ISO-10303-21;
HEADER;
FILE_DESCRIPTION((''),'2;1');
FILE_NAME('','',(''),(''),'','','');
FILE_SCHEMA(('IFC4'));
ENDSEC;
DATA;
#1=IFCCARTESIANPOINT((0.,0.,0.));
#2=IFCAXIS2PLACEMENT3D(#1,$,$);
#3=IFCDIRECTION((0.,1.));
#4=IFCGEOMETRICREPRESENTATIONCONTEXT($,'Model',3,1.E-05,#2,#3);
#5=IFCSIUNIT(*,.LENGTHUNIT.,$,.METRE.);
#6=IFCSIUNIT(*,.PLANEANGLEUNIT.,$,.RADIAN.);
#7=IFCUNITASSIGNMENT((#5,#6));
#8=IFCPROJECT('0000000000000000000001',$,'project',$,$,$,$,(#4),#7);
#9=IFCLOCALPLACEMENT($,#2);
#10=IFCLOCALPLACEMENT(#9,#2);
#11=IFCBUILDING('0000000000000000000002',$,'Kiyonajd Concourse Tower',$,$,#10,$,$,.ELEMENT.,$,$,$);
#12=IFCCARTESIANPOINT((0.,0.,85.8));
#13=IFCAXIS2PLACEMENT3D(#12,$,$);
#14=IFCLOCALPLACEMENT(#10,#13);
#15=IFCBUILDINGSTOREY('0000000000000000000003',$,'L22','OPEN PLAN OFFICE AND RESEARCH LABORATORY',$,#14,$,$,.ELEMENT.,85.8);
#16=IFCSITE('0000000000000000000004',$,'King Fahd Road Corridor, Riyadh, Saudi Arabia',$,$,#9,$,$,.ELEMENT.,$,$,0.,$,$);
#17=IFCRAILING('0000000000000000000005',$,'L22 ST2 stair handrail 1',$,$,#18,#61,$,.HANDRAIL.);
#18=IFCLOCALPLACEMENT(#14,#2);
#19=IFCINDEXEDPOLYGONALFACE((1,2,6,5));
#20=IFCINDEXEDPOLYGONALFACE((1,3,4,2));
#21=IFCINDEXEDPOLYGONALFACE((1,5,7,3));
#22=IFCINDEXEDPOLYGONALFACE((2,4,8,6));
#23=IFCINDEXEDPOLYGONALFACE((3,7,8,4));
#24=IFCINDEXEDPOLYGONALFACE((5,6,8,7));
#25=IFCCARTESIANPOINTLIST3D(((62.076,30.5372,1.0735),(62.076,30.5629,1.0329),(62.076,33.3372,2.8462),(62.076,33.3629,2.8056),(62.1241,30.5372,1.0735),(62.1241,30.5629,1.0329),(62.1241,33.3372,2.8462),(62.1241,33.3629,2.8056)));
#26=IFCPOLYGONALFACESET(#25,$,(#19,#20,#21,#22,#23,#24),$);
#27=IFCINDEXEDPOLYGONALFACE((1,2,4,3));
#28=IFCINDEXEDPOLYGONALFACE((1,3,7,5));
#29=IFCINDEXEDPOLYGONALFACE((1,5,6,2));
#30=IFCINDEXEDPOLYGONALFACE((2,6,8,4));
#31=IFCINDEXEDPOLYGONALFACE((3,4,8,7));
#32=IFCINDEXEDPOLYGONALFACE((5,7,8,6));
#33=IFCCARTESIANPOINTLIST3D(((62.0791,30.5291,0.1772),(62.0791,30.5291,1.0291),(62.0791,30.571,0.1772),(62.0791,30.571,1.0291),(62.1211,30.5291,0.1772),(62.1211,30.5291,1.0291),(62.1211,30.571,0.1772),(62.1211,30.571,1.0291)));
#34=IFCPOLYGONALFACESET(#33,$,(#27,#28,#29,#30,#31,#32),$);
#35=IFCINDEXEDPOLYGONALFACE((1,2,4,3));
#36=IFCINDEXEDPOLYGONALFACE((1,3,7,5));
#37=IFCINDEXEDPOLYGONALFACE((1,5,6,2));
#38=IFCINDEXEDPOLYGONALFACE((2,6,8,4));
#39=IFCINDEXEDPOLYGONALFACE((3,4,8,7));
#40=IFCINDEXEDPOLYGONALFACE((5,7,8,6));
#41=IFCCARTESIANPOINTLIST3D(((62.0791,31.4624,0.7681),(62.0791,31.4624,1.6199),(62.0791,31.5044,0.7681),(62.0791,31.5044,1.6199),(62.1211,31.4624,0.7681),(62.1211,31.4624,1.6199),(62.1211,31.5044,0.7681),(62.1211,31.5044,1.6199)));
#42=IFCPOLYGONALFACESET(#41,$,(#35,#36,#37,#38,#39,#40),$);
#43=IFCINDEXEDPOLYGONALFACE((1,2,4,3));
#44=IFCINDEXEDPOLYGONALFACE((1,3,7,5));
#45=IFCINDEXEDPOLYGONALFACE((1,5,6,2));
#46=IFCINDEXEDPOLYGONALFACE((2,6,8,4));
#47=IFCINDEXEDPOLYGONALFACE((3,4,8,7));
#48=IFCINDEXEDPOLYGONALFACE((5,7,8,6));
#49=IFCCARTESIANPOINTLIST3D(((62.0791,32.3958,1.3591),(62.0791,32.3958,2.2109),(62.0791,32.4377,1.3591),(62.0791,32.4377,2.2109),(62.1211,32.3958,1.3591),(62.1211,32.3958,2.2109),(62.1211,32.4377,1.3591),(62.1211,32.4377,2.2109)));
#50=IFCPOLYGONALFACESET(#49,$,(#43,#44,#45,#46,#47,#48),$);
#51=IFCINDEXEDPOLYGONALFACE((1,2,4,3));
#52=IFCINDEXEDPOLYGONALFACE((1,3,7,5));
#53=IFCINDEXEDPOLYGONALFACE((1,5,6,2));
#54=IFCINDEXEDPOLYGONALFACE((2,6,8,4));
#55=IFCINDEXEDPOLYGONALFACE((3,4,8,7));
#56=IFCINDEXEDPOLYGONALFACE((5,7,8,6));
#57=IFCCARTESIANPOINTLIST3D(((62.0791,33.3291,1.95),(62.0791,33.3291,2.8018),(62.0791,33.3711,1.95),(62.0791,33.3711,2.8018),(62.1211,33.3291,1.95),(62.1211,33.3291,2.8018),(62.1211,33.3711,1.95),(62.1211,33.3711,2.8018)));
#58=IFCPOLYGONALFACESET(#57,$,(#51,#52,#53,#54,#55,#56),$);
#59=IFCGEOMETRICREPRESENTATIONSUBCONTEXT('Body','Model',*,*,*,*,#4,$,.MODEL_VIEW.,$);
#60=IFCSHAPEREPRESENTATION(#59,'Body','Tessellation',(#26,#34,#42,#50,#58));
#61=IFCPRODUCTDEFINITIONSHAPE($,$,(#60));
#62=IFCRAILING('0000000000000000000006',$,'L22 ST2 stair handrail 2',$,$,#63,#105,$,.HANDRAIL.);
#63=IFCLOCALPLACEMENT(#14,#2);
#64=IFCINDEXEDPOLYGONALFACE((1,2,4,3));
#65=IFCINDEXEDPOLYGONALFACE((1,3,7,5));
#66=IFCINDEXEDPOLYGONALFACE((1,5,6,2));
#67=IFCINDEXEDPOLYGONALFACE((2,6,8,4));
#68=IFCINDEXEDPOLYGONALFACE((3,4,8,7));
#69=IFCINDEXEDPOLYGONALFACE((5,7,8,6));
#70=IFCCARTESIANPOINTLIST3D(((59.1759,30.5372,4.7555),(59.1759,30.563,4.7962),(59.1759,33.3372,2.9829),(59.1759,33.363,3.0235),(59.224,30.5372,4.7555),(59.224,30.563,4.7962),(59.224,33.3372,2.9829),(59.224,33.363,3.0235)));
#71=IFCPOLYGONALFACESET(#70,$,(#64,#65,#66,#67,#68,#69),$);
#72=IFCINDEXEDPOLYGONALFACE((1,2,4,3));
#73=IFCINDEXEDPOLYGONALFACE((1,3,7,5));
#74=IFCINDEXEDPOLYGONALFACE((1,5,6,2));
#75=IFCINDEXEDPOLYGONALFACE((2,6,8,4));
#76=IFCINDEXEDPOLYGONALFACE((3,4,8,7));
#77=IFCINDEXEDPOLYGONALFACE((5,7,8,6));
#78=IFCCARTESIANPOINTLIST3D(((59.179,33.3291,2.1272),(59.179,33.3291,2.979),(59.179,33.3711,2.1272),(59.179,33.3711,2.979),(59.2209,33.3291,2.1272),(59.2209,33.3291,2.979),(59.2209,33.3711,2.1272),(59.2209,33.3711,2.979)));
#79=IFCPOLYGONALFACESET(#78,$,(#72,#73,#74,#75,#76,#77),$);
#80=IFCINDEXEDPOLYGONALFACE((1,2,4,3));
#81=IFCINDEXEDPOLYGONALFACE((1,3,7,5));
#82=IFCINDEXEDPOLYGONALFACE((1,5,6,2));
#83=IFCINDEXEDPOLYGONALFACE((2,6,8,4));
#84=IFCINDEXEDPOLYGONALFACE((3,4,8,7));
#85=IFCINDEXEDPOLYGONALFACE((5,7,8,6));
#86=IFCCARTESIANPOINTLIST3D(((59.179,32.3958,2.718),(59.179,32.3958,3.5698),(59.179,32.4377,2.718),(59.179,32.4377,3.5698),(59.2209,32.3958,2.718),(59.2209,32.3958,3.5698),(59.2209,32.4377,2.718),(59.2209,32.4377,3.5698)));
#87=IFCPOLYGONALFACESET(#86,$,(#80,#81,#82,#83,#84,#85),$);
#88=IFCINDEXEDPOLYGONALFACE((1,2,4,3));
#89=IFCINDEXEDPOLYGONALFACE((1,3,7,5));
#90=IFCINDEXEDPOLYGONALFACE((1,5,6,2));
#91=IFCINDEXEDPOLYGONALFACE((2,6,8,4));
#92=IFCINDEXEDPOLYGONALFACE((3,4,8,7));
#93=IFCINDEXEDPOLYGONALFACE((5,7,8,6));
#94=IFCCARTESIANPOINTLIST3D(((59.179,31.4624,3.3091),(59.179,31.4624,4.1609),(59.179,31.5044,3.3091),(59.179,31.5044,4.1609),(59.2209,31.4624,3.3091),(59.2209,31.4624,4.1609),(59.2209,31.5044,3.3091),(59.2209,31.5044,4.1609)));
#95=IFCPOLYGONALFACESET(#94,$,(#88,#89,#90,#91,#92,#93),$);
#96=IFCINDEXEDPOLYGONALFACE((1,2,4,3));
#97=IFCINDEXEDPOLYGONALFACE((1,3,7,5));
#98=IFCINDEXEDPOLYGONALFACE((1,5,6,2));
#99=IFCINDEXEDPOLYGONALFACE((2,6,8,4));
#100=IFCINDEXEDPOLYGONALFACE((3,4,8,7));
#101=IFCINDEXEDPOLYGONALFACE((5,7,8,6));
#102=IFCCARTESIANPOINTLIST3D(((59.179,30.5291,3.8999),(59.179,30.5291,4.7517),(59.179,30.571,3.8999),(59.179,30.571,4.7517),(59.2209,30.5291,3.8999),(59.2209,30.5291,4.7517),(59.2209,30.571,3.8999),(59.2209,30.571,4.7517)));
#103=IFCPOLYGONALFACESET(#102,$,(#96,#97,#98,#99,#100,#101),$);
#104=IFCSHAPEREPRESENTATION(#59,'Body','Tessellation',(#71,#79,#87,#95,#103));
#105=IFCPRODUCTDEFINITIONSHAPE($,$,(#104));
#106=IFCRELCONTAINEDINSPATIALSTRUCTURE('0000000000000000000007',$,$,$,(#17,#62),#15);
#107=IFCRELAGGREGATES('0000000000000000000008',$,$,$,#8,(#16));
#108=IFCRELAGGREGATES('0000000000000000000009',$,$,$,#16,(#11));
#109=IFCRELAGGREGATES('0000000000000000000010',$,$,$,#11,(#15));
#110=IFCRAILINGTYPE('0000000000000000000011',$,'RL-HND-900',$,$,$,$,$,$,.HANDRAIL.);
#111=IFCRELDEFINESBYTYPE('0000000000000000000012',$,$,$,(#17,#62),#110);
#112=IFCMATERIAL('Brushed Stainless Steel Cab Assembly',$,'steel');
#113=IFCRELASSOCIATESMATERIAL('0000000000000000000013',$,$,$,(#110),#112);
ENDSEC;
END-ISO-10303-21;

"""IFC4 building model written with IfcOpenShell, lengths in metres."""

from ifc_helpers import new_model, si_unit, direction, frame, origin, origin_2d, place, context, subcontext, project, spatial, rectangle, extrude, material, type_object, element, save


model = new_model("IFC4")

# Units and contexts
model_context = context("Model", 3, precision=1e-05, world=origin(), true_north=direction((0.0, 1.0)))
body_context = subcontext(model_context, "Body", "Model", "MODEL_VIEW")
ifc_project = project(units=[si_unit("LENGTHUNIT", "METRE"), si_unit("PLANEANGLEUNIT", "RADIAN")], contexts=[model_context])

# Site, building, storey
site_placement = place(None, origin())
site = spatial("IfcSite", under=ifc_project, at=site_placement, Name="King Fahd Road Corridor, Riyadh, Saudi Arabia", CompositionType="ELEMENT", RefElevation=0.0)
building_placement = place(site_placement, origin())
building = spatial("IfcBuilding", under=site, at=building_placement, Name="Kiyonajd Concourse Tower", CompositionType="ELEMENT")
storey_placement = place(building_placement, frame((0.0, 0.0, 85.8)))
storey = spatial("IfcBuildingStorey", under=building, at=storey_placement, Name="L22", Description="OPEN PLAN OFFICE AND RESEARCH LABORATORY", CompositionType="ELEMENT", Elevation=85.8)

# Shared definitions
ifc_material_1 = material(Name="Brushed Stainless Steel Cab Assembly", Category="steel")

# Railings
railing_type_1 = type_object("IfcRailingType", Name="RL-HND-900", PredefinedType="HANDRAIL", material=ifc_material_1)
railing_1_placement = place(storey_placement, frame((62.1001, 30.55, 0.1772)))
element("IfcRailing", 1, at=railing_1_placement, inside=storey, type_object=railing_type_1, Name="L22 ST2 stair handrail 1", PredefinedType="HANDRAIL", context=body_context, shape_type="SweptSolid", body=[
    extrude(rectangle(XDim=0.0481, YDim=0.0481, at=origin_2d()), frame((0.0, 0.0, 0.876), z_axis=(0.0, 0.844909, 0.53491), x_axis=(-1.0, 0.0, 0.0)), (0.0, 0.0, 1.0), 3.314),
    extrude(rectangle(XDim=0.042, YDim=0.042, at=origin_2d()), origin(), (0.0, 0.0, 1.0), 0.8518),
    extrude(rectangle(XDim=0.042, YDim=0.042, at=origin_2d()), frame((0.0, 0.9333, 0.5908)), (0.0, 0.0, 1.0), 0.8518),
    extrude(rectangle(XDim=0.042, YDim=0.042, at=origin_2d()), frame((0.0, 1.8667, 1.1819)), (0.0, 0.0, 1.0), 0.8518),
    extrude(rectangle(XDim=0.042, YDim=0.042, at=origin_2d()), frame((0.0, 2.8, 1.7727)), (0.0, 0.0, 1.0), 0.8518),
])
railing_2_placement = place(storey_placement, frame((59.2, 33.3501, 2.1272)))
element("IfcRailing", 2, at=railing_2_placement, inside=storey, type_object=railing_type_1, Name="L22 ST2 stair handrail 2", PredefinedType="HANDRAIL", context=body_context, shape_type="SweptSolid", body=[
    extrude(rectangle(XDim=0.0481, YDim=0.0481, at=origin_2d()), frame((0.0, 0.0, 0.876), z_axis=(0.0, -0.844909, 0.53491), x_axis=(1.0, 0.0, 0.0)), (0.0, 0.0, 1.0), 3.314),
    extrude(rectangle(XDim=0.042, YDim=0.042, at=origin_2d()), origin(), (0.0, 0.0, 1.0), 0.8518),
    extrude(rectangle(XDim=0.042, YDim=0.042, at=origin_2d()), frame((0.0, -0.9333, 0.5908)), (0.0, 0.0, 1.0), 0.8518),
    extrude(rectangle(XDim=0.042, YDim=0.042, at=origin_2d()), frame((0.0, -1.8667, 1.1819)), (0.0, 0.0, 1.0), 0.8518),
    extrude(rectangle(XDim=0.042, YDim=0.042, at=origin_2d()), frame((0.0, -2.8, 1.7727)), (0.0, 0.0, 1.0), 0.8518),
])

save(model, "model.ifc")
